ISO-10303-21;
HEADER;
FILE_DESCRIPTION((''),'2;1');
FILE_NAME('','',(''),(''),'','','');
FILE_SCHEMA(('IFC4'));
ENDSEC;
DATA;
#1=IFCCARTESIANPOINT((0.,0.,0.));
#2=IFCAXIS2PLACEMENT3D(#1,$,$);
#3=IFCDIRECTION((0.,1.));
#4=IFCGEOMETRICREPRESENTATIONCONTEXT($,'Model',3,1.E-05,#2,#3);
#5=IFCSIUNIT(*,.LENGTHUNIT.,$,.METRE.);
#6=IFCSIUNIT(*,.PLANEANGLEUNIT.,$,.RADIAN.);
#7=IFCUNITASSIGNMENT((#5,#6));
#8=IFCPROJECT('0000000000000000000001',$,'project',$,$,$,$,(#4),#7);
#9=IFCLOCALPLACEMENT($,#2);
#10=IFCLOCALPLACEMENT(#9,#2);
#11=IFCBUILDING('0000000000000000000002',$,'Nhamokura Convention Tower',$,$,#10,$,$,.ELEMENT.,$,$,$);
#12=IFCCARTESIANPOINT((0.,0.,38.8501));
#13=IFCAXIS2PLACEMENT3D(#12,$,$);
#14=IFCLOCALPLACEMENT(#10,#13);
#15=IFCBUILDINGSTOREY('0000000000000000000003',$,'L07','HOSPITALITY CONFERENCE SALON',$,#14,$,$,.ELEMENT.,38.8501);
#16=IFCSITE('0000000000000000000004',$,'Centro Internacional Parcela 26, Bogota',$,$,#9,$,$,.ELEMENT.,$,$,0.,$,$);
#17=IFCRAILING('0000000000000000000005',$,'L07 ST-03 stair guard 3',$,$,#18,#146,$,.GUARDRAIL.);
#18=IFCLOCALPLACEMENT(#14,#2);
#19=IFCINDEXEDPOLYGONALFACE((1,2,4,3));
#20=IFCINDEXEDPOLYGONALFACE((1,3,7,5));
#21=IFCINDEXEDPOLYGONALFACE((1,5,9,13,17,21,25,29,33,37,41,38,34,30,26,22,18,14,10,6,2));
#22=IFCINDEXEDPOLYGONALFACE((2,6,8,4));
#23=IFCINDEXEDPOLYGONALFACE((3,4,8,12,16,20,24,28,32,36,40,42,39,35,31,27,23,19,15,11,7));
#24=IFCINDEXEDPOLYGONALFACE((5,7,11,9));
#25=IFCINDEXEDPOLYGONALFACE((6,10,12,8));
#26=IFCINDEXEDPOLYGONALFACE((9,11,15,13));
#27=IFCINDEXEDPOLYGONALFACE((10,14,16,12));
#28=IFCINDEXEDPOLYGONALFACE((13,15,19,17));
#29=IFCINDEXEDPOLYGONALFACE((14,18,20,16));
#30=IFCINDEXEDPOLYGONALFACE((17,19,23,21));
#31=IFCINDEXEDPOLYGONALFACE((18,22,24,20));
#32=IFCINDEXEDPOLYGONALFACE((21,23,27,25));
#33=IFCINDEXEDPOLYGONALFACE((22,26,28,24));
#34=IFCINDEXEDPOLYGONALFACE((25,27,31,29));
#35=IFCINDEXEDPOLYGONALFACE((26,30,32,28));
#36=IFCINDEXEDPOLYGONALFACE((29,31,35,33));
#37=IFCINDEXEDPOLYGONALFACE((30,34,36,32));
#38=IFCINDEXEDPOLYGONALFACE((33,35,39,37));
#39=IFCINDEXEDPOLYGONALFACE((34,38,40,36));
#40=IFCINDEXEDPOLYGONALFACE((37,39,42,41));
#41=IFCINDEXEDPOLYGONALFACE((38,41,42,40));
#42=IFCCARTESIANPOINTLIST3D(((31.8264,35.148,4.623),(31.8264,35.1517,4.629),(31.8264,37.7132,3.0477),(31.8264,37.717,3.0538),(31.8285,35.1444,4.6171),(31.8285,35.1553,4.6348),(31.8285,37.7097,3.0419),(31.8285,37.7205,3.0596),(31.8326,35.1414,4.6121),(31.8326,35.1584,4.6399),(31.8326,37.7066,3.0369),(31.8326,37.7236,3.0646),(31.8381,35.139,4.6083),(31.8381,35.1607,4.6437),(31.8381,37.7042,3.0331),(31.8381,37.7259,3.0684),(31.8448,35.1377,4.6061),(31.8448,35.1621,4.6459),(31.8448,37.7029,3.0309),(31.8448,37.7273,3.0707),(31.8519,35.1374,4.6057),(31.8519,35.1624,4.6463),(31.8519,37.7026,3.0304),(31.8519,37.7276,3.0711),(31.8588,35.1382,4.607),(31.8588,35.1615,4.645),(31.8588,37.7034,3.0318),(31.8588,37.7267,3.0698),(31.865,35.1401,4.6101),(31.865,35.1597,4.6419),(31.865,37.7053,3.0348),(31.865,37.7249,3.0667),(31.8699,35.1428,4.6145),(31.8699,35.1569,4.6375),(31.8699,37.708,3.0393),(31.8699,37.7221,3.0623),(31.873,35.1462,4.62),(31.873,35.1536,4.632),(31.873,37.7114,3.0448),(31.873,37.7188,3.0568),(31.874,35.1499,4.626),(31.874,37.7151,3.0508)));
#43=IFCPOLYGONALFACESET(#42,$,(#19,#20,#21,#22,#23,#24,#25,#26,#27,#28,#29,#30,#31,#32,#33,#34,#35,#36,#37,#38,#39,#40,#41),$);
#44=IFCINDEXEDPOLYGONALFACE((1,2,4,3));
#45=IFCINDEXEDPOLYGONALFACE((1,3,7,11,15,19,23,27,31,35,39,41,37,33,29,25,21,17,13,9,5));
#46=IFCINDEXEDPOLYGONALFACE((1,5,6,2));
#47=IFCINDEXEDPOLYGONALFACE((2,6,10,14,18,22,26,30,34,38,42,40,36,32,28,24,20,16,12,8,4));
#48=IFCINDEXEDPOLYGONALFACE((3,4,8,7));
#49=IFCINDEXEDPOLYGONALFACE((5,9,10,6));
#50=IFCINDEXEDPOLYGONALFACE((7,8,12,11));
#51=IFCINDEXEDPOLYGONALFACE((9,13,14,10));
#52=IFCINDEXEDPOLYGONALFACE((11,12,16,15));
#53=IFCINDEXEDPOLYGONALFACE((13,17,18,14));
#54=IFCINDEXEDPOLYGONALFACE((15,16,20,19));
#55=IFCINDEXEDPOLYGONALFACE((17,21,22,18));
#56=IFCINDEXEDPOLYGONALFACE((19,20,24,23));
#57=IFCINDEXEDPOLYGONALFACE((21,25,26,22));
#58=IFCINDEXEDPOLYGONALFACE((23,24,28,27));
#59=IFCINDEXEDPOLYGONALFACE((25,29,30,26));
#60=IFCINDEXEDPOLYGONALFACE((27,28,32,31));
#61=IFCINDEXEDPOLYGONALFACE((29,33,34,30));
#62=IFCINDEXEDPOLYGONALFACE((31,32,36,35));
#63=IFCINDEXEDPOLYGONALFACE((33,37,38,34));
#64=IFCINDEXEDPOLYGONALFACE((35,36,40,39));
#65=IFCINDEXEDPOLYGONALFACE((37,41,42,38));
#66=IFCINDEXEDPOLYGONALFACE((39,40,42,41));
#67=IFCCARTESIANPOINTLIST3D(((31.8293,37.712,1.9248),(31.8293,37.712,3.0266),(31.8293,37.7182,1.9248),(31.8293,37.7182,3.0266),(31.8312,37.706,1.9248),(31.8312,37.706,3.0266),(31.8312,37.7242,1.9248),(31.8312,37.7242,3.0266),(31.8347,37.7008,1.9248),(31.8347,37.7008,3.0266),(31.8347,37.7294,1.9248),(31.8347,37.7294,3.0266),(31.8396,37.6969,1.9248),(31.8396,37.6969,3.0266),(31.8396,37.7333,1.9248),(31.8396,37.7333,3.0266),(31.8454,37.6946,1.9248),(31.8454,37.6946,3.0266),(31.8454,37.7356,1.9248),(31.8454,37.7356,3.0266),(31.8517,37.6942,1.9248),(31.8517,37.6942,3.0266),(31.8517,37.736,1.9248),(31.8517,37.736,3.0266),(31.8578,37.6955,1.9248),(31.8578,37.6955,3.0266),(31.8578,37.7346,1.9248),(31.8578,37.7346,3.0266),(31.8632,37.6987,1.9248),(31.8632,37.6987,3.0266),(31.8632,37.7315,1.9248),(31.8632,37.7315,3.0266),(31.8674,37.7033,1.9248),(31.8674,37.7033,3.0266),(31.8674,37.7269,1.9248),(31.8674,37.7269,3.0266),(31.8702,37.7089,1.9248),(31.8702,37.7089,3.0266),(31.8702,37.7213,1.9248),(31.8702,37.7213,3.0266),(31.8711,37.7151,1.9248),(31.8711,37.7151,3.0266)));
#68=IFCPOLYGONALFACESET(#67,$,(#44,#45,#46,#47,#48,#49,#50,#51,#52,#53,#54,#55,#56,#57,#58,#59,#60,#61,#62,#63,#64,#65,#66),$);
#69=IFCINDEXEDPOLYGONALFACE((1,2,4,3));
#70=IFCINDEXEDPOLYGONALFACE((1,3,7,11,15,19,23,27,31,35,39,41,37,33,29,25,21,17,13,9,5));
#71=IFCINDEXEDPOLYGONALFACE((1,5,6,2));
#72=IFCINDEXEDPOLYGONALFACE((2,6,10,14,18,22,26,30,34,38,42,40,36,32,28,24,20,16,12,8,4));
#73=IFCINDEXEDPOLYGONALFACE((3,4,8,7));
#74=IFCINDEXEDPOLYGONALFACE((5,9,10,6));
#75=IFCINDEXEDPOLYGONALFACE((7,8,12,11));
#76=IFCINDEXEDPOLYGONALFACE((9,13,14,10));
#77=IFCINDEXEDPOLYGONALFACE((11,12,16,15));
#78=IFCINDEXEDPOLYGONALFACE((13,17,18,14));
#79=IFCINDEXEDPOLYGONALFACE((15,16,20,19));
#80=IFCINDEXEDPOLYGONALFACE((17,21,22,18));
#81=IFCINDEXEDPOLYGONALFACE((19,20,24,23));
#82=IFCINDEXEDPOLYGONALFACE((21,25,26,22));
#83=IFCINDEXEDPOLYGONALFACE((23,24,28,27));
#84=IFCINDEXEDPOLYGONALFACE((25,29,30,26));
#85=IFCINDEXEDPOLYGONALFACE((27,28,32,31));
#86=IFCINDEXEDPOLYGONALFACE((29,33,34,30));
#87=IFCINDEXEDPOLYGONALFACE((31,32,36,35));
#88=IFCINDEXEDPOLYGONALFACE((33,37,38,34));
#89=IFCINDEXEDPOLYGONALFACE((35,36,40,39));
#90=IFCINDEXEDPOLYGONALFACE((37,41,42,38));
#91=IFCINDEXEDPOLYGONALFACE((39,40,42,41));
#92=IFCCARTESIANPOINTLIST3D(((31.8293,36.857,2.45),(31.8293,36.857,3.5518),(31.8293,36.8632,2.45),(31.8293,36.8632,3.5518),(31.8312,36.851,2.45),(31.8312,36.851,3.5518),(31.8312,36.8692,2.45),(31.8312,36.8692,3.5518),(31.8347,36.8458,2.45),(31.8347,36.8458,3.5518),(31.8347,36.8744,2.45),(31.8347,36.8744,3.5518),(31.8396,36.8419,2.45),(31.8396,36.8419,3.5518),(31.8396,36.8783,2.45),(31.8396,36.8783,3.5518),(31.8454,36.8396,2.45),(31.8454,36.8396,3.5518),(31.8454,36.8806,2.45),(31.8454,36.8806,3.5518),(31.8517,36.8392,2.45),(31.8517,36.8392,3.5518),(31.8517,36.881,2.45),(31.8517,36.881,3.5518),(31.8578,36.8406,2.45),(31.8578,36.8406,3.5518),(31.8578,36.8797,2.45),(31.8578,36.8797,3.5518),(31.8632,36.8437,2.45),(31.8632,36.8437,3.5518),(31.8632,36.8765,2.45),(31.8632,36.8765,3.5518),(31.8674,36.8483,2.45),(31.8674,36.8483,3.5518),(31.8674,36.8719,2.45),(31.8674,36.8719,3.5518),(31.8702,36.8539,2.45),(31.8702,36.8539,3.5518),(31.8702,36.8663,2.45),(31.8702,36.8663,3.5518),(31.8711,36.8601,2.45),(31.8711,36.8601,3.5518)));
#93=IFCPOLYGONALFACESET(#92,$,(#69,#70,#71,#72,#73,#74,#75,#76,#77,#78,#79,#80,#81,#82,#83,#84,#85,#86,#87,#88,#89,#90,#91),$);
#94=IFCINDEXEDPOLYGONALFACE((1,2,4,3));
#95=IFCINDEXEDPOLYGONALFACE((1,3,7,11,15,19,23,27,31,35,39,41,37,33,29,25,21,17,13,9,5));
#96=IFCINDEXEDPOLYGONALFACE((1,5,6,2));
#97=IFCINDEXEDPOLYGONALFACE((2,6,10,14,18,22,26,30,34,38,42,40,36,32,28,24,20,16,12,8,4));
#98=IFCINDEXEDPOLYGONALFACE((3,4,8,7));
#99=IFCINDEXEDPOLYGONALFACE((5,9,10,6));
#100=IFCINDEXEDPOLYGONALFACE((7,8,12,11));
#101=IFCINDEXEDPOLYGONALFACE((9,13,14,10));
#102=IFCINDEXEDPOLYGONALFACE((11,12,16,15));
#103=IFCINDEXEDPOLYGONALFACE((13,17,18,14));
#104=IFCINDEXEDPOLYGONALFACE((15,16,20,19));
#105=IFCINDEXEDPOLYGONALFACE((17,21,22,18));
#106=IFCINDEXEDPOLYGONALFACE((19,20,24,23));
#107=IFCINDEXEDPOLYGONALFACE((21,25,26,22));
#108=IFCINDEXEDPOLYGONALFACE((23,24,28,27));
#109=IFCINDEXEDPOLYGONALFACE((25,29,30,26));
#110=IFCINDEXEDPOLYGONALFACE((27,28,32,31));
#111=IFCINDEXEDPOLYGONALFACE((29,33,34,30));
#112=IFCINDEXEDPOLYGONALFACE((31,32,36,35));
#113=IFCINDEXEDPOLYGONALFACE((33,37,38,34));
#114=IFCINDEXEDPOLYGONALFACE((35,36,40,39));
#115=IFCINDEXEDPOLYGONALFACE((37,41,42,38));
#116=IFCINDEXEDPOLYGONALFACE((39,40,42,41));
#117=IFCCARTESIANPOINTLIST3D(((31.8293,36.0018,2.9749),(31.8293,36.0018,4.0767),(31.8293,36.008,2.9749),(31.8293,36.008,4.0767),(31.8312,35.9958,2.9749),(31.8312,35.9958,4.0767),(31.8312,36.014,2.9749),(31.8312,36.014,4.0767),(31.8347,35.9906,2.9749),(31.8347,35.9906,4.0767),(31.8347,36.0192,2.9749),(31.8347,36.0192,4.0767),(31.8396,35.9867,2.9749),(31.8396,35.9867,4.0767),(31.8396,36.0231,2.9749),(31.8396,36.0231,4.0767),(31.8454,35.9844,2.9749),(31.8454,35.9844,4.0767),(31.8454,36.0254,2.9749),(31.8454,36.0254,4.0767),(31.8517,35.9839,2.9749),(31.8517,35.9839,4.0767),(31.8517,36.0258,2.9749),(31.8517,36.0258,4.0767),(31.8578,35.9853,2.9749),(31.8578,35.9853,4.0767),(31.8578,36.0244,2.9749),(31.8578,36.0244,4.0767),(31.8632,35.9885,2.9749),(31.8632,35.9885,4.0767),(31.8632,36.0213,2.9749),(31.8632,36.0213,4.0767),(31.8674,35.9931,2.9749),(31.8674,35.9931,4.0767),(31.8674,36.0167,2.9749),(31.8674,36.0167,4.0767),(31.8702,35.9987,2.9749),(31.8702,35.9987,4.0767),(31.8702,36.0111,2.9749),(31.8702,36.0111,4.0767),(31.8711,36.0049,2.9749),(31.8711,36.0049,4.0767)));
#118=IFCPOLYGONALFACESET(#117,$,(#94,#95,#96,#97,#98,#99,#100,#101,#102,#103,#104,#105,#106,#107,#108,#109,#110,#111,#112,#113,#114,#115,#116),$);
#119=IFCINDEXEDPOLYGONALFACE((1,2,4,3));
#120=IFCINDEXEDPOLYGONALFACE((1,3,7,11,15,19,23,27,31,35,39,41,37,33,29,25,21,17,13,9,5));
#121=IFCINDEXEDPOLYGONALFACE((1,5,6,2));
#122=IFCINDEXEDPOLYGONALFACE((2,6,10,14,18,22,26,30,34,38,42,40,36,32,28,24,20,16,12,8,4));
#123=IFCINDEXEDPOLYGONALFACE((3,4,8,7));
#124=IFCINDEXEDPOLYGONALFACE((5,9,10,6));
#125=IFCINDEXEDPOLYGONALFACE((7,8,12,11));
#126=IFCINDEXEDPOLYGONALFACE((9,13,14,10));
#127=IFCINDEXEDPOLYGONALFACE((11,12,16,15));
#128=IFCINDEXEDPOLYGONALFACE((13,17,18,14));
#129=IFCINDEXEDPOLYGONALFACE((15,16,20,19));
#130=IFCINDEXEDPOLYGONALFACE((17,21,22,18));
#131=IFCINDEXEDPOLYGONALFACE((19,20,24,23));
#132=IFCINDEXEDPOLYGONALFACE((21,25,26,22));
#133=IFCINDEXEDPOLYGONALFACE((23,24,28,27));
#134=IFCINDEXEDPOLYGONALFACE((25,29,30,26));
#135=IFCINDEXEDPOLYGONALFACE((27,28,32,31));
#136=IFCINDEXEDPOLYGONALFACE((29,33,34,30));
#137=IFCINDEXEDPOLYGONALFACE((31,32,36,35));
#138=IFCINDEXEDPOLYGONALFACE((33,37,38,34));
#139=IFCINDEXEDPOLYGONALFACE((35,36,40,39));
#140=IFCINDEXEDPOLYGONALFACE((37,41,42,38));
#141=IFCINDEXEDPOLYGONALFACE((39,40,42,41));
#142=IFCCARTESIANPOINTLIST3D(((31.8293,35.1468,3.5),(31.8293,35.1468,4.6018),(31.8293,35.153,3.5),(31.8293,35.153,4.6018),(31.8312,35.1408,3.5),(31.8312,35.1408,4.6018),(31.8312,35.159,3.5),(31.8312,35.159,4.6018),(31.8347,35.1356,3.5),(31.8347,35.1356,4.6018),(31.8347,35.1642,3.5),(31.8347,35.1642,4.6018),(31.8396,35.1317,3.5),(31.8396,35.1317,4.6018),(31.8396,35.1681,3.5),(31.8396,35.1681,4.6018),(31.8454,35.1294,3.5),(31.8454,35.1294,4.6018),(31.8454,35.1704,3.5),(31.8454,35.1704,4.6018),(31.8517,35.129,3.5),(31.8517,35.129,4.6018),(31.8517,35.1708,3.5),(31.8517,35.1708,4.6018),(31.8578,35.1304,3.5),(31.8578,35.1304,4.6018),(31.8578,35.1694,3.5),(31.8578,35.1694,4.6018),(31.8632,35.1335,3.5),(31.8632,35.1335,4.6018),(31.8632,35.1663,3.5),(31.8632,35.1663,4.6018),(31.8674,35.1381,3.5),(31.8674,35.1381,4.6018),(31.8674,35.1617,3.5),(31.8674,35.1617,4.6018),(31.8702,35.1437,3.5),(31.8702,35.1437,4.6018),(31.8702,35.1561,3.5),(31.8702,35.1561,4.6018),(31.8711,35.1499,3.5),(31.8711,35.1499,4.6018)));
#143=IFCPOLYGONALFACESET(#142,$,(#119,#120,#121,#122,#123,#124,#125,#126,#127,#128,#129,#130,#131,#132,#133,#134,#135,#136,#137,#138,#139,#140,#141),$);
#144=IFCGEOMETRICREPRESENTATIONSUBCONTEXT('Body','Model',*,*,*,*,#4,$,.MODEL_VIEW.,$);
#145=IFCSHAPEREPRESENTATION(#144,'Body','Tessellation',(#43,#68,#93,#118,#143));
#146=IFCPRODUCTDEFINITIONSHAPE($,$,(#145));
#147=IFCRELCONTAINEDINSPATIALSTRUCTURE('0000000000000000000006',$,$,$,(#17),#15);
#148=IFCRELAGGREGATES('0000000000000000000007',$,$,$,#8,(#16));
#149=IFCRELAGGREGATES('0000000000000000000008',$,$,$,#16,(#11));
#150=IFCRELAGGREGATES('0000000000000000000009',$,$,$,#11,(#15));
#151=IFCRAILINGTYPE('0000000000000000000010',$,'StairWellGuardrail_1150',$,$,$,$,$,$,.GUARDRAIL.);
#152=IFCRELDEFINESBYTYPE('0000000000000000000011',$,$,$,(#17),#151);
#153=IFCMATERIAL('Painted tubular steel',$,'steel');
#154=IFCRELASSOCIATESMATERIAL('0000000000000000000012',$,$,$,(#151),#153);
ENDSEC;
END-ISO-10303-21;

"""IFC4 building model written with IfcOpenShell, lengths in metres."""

from ifc_helpers import new_model, si_unit, direction, frame, origin, origin_2d, place, context, subcontext, project, spatial, circle, extrude, material, type_object, element, save


model = new_model("IFC4")

# Units and contexts
model_context = context("Model", 3, precision=1e-05, world=origin(), true_north=direction((0.0, 1.0)))
body_context = subcontext(model_context, "Body", "Model", "MODEL_VIEW")
ifc_project = project(units=[si_unit("LENGTHUNIT", "METRE"), si_unit("PLANEANGLEUNIT", "RADIAN")], contexts=[model_context])

# Site, building, storey
site_placement = place(None, origin())
site = spatial("IfcSite", under=ifc_project, at=site_placement, Name="Centro Internacional Parcela 26, Bogota", CompositionType="ELEMENT", RefElevation=0.0)
building_placement = place(site_placement, origin())
building = spatial("IfcBuilding", under=site, at=building_placement, Name="Nhamokura Convention Tower", CompositionType="ELEMENT")
storey_placement = place(building_placement, frame((0.0, 0.0, 38.8501)))
storey = spatial("IfcBuildingStorey", under=building, at=storey_placement, Name="L07", Description="HOSPITALITY CONFERENCE SALON", CompositionType="ELEMENT", Elevation=38.8501)

# Railing
ifc_material_1 = material(Name="Painted tubular steel", Category="steel")
railing_type_1 = type_object("IfcRailingType", Name="StairWellGuardrail_1150", PredefinedType="GUARDRAIL", material=ifc_material_1)
railing_1_placement = place(storey_placement, frame((31.8501, 37.7151, 1.9248)))
element("IfcRailing", 1, at=railing_1_placement, inside=storey, type_object=railing_type_1, Name="L07 ST-03 stair guard 3", PredefinedType="GUARDRAIL", context=body_context, shape_type="SweptSolid", body=[
    extrude(circle(Radius=0.0239, at=origin_2d()), frame((0.0, 0.0, 1.126), z_axis=(0.0, -0.852159, 0.523283), x_axis=(1.0, 0.0, 0.0)), (0.0, 0.0, 1.0), 3.0103),
    extrude(circle(Radius=0.021, at=origin_2d()), origin(), (0.0, 0.0, 1.0), 1.1018),
    extrude(circle(Radius=0.021, at=origin_2d()), frame((0.0, -0.855, 0.5251)), (0.0, 0.0, 1.0), 1.1018),
    extrude(circle(Radius=0.021, at=origin_2d()), frame((0.0, -1.7102, 1.05)), (0.0, 0.0, 1.0), 1.1018),
    extrude(circle(Radius=0.021, at=origin_2d()), frame((0.0, -2.5652, 1.5752)), (0.0, 0.0, 1.0), 1.1018),
])

save(model, "model.ifc")
